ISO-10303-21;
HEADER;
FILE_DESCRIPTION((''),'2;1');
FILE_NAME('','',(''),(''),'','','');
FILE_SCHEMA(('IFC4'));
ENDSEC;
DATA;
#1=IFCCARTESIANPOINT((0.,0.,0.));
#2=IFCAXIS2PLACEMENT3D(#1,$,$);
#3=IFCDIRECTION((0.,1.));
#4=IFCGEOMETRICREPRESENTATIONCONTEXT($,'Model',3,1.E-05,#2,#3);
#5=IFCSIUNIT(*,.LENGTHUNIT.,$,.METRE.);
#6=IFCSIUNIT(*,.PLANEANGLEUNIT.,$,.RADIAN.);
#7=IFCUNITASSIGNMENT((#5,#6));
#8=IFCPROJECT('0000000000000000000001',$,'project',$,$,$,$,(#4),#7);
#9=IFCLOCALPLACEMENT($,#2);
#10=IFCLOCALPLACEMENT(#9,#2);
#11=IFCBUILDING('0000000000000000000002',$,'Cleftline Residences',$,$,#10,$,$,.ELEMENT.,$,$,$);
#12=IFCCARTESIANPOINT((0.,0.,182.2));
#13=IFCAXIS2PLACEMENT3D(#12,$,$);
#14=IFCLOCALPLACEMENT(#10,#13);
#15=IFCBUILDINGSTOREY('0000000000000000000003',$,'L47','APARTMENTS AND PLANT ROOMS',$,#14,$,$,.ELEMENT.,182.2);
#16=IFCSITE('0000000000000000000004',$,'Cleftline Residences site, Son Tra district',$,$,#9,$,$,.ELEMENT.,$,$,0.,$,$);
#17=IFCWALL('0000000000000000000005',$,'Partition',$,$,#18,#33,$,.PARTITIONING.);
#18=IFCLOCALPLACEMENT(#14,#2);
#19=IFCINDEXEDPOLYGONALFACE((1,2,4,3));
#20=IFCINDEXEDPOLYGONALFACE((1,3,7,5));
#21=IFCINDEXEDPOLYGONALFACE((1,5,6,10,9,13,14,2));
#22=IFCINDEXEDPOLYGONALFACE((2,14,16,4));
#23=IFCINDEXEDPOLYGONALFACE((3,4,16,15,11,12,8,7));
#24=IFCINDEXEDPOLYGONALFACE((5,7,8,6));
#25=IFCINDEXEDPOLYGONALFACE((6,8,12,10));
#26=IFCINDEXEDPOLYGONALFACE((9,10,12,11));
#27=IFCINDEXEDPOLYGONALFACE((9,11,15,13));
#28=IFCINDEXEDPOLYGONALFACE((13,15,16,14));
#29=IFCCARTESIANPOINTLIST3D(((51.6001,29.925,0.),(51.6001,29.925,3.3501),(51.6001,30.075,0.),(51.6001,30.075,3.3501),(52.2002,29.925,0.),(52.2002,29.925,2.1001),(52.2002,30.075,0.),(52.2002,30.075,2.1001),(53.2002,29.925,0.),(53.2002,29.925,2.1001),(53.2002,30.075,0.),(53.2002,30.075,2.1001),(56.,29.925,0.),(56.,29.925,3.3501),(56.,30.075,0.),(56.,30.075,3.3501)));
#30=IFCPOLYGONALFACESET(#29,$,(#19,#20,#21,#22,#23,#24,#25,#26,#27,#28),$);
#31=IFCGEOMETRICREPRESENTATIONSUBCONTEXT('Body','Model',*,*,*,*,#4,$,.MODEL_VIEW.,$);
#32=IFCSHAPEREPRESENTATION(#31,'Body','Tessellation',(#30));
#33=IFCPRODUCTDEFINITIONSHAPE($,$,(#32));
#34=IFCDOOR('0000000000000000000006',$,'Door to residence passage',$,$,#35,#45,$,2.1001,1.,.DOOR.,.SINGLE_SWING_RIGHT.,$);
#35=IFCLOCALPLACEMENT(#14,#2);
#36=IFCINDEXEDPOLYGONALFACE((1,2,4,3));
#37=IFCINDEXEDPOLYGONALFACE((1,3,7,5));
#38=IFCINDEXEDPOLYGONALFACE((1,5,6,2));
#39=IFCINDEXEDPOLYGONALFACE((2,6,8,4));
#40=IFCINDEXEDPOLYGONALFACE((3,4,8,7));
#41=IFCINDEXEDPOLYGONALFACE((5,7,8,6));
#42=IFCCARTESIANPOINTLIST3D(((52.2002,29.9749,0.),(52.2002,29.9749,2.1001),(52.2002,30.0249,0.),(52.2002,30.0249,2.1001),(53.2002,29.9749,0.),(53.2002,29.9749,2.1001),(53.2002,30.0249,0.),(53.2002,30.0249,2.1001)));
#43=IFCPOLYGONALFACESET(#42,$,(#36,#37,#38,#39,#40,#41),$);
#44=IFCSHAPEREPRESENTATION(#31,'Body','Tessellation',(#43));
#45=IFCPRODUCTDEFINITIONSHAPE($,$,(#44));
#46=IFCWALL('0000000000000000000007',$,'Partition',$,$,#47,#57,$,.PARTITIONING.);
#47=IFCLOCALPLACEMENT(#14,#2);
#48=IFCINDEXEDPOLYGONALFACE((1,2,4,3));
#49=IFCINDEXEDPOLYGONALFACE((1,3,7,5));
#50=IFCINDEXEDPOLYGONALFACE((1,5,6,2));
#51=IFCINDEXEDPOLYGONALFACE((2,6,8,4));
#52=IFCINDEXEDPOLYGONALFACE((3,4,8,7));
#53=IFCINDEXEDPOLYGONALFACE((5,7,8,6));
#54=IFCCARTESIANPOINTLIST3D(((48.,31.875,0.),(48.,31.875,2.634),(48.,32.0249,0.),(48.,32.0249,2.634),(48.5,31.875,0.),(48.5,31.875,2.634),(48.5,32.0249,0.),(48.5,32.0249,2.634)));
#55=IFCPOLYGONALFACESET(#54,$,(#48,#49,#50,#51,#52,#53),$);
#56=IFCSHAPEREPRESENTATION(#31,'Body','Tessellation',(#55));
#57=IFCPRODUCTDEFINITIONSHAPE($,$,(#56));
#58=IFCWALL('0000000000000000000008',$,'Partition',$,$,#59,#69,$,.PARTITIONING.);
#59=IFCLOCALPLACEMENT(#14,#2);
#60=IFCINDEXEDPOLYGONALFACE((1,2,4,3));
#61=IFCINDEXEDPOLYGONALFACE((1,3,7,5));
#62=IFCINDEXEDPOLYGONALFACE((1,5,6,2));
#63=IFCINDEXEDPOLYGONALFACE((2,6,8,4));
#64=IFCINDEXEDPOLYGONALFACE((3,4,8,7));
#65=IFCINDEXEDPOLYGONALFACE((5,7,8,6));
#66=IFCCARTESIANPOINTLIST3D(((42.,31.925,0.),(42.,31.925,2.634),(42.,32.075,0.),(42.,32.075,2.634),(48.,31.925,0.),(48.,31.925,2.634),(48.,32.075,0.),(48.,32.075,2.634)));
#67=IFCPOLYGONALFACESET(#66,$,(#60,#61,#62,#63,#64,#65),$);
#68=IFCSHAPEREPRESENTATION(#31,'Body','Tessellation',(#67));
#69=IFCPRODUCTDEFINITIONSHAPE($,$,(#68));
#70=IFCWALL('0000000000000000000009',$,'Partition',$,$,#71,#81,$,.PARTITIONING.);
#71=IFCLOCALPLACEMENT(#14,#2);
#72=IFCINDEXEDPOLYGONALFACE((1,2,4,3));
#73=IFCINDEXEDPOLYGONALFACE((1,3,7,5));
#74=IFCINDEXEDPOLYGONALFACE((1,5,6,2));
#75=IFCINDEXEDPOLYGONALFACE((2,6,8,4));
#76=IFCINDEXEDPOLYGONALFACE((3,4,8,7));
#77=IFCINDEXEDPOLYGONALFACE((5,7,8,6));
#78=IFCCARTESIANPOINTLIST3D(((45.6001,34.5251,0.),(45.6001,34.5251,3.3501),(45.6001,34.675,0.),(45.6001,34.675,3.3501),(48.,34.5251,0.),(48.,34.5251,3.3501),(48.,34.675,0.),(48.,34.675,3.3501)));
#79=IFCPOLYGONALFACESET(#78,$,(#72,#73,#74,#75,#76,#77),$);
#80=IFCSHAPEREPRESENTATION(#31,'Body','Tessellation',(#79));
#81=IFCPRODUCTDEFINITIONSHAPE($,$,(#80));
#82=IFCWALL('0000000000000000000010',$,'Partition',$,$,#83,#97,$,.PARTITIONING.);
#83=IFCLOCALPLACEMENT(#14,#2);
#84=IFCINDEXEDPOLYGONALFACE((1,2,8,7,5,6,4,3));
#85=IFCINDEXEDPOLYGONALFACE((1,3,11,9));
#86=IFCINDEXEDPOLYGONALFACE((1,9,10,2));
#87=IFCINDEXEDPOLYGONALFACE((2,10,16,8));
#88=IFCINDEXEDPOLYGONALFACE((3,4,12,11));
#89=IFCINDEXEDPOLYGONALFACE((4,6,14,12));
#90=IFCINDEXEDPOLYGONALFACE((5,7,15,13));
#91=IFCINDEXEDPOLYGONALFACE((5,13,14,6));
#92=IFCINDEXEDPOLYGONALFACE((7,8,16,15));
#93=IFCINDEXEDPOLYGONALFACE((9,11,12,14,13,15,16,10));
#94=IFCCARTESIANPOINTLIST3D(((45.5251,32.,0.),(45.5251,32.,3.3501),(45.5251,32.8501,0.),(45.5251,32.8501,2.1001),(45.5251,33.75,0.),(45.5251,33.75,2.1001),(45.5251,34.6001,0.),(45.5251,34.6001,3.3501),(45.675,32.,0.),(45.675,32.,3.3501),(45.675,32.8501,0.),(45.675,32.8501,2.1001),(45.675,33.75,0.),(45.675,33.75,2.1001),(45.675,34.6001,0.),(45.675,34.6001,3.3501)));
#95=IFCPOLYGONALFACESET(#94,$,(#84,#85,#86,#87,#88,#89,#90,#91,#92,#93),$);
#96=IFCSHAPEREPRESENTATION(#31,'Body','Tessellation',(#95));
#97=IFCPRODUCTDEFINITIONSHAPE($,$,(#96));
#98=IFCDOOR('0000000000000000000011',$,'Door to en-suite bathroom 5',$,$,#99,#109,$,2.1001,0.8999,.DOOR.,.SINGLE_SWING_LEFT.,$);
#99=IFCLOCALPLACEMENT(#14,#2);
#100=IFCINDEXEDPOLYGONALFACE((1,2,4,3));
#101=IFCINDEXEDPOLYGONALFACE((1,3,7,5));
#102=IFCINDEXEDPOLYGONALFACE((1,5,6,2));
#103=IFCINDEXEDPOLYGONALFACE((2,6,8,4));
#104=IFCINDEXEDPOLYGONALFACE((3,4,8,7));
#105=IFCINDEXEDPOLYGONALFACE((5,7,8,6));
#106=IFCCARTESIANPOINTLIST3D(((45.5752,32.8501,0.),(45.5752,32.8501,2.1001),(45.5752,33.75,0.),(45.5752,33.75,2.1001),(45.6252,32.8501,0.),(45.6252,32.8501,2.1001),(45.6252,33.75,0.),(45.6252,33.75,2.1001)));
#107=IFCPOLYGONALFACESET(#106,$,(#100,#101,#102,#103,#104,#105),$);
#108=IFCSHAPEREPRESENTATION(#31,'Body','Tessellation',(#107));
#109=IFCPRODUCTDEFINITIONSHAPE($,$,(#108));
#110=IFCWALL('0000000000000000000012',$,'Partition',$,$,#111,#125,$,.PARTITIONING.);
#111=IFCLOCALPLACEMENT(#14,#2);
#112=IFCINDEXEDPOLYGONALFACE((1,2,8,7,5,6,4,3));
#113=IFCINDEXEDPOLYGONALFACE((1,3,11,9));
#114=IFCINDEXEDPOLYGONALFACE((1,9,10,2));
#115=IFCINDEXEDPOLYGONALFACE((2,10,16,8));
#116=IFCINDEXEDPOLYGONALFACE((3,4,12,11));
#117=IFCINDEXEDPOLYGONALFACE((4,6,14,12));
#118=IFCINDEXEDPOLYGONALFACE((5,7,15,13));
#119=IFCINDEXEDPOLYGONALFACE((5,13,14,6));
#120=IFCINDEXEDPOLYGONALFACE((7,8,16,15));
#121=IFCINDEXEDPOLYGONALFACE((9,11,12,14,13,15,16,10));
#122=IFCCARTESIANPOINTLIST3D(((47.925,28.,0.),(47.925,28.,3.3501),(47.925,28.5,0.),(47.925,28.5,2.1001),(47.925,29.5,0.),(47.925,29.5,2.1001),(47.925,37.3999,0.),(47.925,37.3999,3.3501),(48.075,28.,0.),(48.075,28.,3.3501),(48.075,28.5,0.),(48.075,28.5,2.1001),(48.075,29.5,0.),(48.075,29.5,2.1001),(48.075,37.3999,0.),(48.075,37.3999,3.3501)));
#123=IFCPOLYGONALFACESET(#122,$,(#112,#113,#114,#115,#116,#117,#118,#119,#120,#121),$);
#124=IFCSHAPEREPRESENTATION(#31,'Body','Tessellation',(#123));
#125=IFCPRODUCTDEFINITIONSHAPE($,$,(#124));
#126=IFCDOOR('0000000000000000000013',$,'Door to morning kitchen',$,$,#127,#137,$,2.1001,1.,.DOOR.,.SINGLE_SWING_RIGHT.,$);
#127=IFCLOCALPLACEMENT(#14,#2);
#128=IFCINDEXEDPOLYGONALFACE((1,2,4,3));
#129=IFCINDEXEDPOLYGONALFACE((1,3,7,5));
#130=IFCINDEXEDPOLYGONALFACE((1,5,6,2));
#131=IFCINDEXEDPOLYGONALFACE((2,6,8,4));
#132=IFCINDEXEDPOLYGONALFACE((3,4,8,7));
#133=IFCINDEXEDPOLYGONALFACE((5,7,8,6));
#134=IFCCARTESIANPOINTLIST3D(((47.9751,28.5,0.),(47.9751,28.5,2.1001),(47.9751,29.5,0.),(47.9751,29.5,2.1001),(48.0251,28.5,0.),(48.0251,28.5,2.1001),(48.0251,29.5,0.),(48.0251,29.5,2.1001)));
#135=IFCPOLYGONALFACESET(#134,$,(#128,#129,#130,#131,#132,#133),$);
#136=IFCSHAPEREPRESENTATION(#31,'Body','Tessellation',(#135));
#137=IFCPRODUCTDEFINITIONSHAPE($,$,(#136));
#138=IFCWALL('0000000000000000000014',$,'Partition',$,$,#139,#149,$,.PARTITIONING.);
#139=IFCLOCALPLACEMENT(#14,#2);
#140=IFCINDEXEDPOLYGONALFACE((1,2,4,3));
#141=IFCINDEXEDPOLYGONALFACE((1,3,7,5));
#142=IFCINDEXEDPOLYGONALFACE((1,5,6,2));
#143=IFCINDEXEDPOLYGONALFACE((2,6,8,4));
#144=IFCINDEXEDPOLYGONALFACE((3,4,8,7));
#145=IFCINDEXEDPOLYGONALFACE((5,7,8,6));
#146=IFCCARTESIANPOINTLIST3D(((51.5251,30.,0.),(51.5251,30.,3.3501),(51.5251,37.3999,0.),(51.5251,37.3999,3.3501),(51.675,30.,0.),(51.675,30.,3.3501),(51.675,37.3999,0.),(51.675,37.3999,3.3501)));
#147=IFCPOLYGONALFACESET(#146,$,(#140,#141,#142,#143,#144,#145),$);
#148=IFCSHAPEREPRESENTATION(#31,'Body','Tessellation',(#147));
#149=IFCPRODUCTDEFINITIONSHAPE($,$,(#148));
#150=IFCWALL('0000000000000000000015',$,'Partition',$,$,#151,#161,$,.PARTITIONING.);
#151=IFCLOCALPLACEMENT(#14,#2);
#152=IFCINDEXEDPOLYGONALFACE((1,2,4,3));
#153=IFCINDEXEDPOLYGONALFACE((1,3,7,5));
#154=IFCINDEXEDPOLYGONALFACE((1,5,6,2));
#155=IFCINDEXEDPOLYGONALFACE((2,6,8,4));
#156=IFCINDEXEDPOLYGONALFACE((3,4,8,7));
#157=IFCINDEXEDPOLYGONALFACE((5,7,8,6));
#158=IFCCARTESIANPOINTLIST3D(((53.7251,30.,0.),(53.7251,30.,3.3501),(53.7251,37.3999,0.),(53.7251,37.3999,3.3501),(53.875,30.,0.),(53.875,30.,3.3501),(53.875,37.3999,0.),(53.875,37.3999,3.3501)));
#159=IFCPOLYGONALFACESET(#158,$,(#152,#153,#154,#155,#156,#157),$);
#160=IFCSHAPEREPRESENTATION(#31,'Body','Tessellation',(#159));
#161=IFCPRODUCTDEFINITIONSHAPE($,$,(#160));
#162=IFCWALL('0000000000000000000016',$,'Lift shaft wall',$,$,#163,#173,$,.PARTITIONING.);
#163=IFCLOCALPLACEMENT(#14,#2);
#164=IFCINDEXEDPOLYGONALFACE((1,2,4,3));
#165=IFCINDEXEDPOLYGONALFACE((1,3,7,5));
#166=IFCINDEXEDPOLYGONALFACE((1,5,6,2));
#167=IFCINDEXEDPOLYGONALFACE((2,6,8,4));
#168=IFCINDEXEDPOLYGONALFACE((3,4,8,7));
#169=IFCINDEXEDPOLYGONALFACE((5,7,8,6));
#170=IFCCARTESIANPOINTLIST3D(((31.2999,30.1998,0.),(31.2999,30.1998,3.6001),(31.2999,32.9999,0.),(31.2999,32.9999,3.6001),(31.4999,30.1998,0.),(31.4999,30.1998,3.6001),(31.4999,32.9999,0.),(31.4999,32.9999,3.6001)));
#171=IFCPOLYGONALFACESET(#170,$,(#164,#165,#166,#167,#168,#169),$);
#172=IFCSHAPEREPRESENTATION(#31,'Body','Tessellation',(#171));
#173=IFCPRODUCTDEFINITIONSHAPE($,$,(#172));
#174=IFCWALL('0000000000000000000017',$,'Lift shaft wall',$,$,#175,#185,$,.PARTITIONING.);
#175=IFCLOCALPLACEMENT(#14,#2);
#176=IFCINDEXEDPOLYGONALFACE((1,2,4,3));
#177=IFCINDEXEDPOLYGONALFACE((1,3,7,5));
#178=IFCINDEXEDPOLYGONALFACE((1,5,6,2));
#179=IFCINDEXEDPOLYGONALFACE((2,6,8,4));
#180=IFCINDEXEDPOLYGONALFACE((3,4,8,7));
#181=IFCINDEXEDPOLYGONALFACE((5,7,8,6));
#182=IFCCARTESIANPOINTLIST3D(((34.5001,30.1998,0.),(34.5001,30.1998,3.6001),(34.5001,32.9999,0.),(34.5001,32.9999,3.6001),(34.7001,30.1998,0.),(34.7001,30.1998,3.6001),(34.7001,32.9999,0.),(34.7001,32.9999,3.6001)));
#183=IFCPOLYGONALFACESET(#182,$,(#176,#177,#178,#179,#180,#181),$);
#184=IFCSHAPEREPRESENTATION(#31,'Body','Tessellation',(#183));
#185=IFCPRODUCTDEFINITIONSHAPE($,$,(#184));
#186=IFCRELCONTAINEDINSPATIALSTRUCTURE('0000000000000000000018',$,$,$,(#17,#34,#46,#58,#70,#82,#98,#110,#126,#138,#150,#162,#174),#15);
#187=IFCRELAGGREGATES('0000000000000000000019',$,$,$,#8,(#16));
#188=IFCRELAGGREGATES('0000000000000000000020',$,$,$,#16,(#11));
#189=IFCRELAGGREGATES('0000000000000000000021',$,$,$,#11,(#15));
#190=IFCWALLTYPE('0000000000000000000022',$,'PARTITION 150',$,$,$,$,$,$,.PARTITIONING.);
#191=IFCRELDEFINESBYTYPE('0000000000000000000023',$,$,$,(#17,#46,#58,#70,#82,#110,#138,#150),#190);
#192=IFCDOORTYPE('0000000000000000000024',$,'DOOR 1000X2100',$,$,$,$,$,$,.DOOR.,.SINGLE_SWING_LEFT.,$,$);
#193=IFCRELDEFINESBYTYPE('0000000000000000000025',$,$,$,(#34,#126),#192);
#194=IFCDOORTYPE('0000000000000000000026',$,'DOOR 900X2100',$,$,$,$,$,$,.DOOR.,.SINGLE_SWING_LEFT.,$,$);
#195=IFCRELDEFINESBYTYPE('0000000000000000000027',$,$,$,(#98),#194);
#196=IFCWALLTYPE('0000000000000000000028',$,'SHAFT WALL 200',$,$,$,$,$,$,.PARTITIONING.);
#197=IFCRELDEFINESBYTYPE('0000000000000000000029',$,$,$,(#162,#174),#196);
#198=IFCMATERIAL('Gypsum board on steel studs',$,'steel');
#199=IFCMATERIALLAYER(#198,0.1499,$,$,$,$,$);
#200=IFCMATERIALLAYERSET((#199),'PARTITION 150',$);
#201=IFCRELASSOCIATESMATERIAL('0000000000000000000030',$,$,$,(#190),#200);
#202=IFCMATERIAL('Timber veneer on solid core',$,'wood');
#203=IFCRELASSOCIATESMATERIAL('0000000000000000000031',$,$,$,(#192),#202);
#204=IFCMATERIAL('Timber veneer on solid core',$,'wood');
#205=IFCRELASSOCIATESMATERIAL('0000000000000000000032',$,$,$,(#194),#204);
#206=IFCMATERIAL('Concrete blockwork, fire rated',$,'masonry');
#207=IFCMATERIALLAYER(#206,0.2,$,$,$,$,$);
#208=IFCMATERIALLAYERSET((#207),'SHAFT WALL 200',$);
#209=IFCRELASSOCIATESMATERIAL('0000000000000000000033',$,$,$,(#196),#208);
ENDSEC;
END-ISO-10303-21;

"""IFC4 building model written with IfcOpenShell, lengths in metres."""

from ifc_helpers import new_model, si_unit, direction, frame, frame_2d, origin, place, context, subcontext, project, spatial, rectangle, extrude, material, layer, layer_set, type_object, element, fill, save


model = new_model("IFC4")

# Units and contexts
model_context = context("Model", 3, precision=1e-05, world=origin(), true_north=direction((0.0, 1.0)))
body_context = subcontext(model_context, "Body", "Model", "MODEL_VIEW")
ifc_project = project(units=[si_unit("LENGTHUNIT", "METRE"), si_unit("PLANEANGLEUNIT", "RADIAN")], contexts=[model_context])

# Site, building, storey
site_placement = place(None, origin())
site = spatial("IfcSite", under=ifc_project, at=site_placement, Name="Cleftline Residences site, Son Tra district", CompositionType="ELEMENT", RefElevation=0.0)
building_placement = place(site_placement, origin())
building = spatial("IfcBuilding", under=site, at=building_placement, Name="Cleftline Residences", CompositionType="ELEMENT")
storey_placement = place(building_placement, frame((0.0, 0.0, 182.2)))
storey = spatial("IfcBuildingStorey", under=building, at=storey_placement, Name="L47", Description="APARTMENTS AND PLANT ROOMS", CompositionType="ELEMENT", Elevation=182.2)

# Wall, opening, door
ifc_material_1 = material(Name="Gypsum board on steel studs", Category="steel")
ifc_layer_1 = layer(ifc_material_1, 0.1499)
ifc_layer_set_1 = layer_set([ifc_layer_1], Name="PARTITION 150")
wall_type_1 = type_object("IfcWallType", Name="PARTITION 150", PredefinedType="PARTITIONING", material=ifc_layer_set_1)
wall_1_placement = place(storey_placement, frame((51.6001, 30.0, 0.0), z_axis=(0.0, 0.0, 1.0), x_axis=(1.0, 0.0, 0.0)))
wall_1 = element("IfcWall", 1, at=wall_1_placement, inside=storey, type_object=wall_type_1, Name="Partition", PredefinedType="PARTITIONING", context=body_context, shape_type="SweptSolid", body=[
    extrude(rectangle(XDim=4.3999, YDim=0.1499, at=frame_2d((2.2, 0.0))), origin(), (0.0, 0.0, 1.0), 3.3501),
])
opening_1_placement = place(wall_1_placement, frame((0.6001, 0.0, 0.0)))
opening_1 = element("IfcOpeningElement", 2, at=opening_1_placement, cuts=wall_1, PredefinedType="OPENING", context=body_context, shape_type="SweptSolid", body=[
    extrude(rectangle(XDim=1.0, YDim=2.1001, at=frame_2d((0.5, 1.05))), frame((0.0, 0.085, 0.0), z_axis=(0.0, -1.0, 0.0), x_axis=(1.0, 0.0, 0.0)), (0.0, 0.0, 1.0), 0.1699),
])
ifc_material_2 = material(Name="Timber veneer on solid core", Category="wood")
door_type_1 = type_object("IfcDoorType", Name="DOOR 1000X2100", OperationType="SINGLE_SWING_LEFT", PredefinedType="DOOR", material=ifc_material_2)
door_1_placement = place(opening_1_placement, origin())
door_1 = element("IfcDoor", 3, at=door_1_placement, inside=storey, type_object=door_type_1, Name="Door to residence passage", OperationType="SINGLE_SWING_RIGHT", OverallHeight=2.1001, OverallWidth=1.0, PredefinedType="DOOR", context=body_context, shape_type="SweptSolid", body=[
    extrude(rectangle(XDim=1.0, YDim=2.1001, at=frame_2d((0.5, 1.05))), frame((0.0, 0.0249, 0.0), z_axis=(0.0, -1.0, 0.0), x_axis=(1.0, 0.0, 0.0)), (0.0, 0.0, 1.0), 0.05),
])
fill(opening_1, door_1)

# Walls
wall_2_placement = place(storey_placement, frame((48.0, 31.95, 0.0), z_axis=(0.0, 0.0, 1.0), x_axis=(1.0, 0.0, 0.0)))
element("IfcWall", 4, at=wall_2_placement, inside=storey, type_object=wall_type_1, Name="Partition", PredefinedType="PARTITIONING", context=body_context, shape_type="SweptSolid", body=[
    extrude(rectangle(XDim=0.5, YDim=0.1499, at=frame_2d((0.25, 0.0))), origin(), (0.0, 0.0, 1.0), 2.634),
])
wall_3_placement = place(storey_placement, frame((42.0, 32.0, 0.0), z_axis=(0.0, 0.0, 1.0), x_axis=(1.0, 0.0, 0.0)))
element("IfcWall", 5, at=wall_3_placement, inside=storey, type_object=wall_type_1, Name="Partition", PredefinedType="PARTITIONING", context=body_context, shape_type="SweptSolid", body=[
    extrude(rectangle(XDim=6.0, YDim=0.1499, at=frame_2d((3.0, 0.0))), origin(), (0.0, 0.0, 1.0), 2.634),
])
wall_4_placement = place(storey_placement, frame((45.6001, 34.6001, 0.0), z_axis=(0.0, 0.0, 1.0), x_axis=(1.0, 0.0, 0.0)))
element("IfcWall", 6, at=wall_4_placement, inside=storey, type_object=wall_type_1, Name="Partition", PredefinedType="PARTITIONING", context=body_context, shape_type="SweptSolid", body=[
    extrude(rectangle(XDim=2.3999, YDim=0.1499, at=frame_2d((1.2, 0.0))), origin(), (0.0, 0.0, 1.0), 3.3501),
])

# Walls, openings, doors
wall_5_placement = place(storey_placement, frame((45.6001, 32.0, 0.0), z_axis=(0.0, 0.0, 1.0), x_axis=(0.0, 1.0, 0.0)))
wall_5 = element("IfcWall", 7, at=wall_5_placement, inside=storey, type_object=wall_type_1, Name="Partition", PredefinedType="PARTITIONING", context=body_context, shape_type="SweptSolid", body=[
    extrude(rectangle(XDim=2.6001, YDim=0.1499, at=frame_2d((1.3, 0.0))), origin(), (0.0, 0.0, 1.0), 3.3501),
])
opening_2_placement = place(wall_5_placement, frame((0.8501, 0.0, 0.0)))
opening_2 = element("IfcOpeningElement", 8, at=opening_2_placement, cuts=wall_5, PredefinedType="OPENING", context=body_context, shape_type="SweptSolid", body=[
    extrude(rectangle(XDim=0.8999, YDim=2.1001, at=frame_2d((0.45, 1.05))), frame((0.0, 0.085, 0.0), z_axis=(0.0, -1.0, 0.0), x_axis=(1.0, 0.0, 0.0)), (0.0, 0.0, 1.0), 0.1699),
])
ifc_material_3 = material(Name="Timber veneer on solid core", Category="wood")
door_type_2 = type_object("IfcDoorType", Name="DOOR 900X2100", OperationType="SINGLE_SWING_LEFT", PredefinedType="DOOR", material=ifc_material_3)
door_2_placement = place(opening_2_placement, origin())
door_2 = element("IfcDoor", 9, at=door_2_placement, inside=storey, type_object=door_type_2, Name="Door to en-suite bathroom 5", OperationType="SINGLE_SWING_LEFT", OverallHeight=2.1001, OverallWidth=0.8999, PredefinedType="DOOR", context=body_context, shape_type="SweptSolid", body=[
    extrude(rectangle(XDim=0.8999, YDim=2.1001, at=frame_2d((0.45, 1.05))), frame((0.0, 0.0249, 0.0), z_axis=(0.0, -1.0, 0.0), x_axis=(1.0, 0.0, 0.0)), (0.0, 0.0, 1.0), 0.05),
])
fill(opening_2, door_2)
wall_6_placement = place(storey_placement, frame((48.0, 28.0, 0.0), z_axis=(0.0, 0.0, 1.0), x_axis=(0.0, 1.0, 0.0)))
wall_6 = element("IfcWall", 10, at=wall_6_placement, inside=storey, type_object=wall_type_1, Name="Partition", PredefinedType="PARTITIONING", context=body_context, shape_type="SweptSolid", body=[
    extrude(rectangle(XDim=9.3999, YDim=0.1499, at=frame_2d((4.7, 0.0))), origin(), (0.0, 0.0, 1.0), 3.3501),
])
opening_3_placement = place(wall_6_placement, frame((0.5, 0.0, 0.0)))
opening_3 = element("IfcOpeningElement", 11, at=opening_3_placement, cuts=wall_6, PredefinedType="OPENING", context=body_context, shape_type="SweptSolid", body=[
    extrude(rectangle(XDim=1.0, YDim=2.1001, at=frame_2d((0.5, 1.05))), frame((0.0, 0.085, 0.0), z_axis=(0.0, -1.0, 0.0), x_axis=(1.0, 0.0, 0.0)), (0.0, 0.0, 1.0), 0.1699),
])
door_3_placement = place(opening_3_placement, origin())
door_3 = element("IfcDoor", 12, at=door_3_placement, inside=storey, type_object=door_type_1, Name="Door to morning kitchen", OperationType="SINGLE_SWING_RIGHT", OverallHeight=2.1001, OverallWidth=1.0, PredefinedType="DOOR", context=body_context, shape_type="SweptSolid", body=[
    extrude(rectangle(XDim=1.0, YDim=2.1001, at=frame_2d((0.5, 1.05))), frame((0.0, 0.0249, 0.0), z_axis=(0.0, -1.0, 0.0), x_axis=(1.0, 0.0, 0.0)), (0.0, 0.0, 1.0), 0.05),
])
fill(opening_3, door_3)

# Walls
for number, where, z_axis, x_axis, name in (
    (13, (51.6001, 30.0, 0.0), (0.0, 0.0, 1.0), (0.0, 1.0, 0.0), "Partition"),
    (14, (53.8, 30.0, 0.0), (0.0, 0.0, 1.0), (0.0, 1.0, 0.0), "Partition"),
):
    element("IfcWall", number, at=place(storey_placement, frame(where, z_axis=z_axis, x_axis=x_axis)), inside=storey, type_object=wall_type_1, Name=name, PredefinedType="PARTITIONING", context=body_context, shape_type="SweptSolid", body=[
        extrude(rectangle(XDim=7.3999, YDim=0.1499, at=frame_2d((3.7, 0.0))), origin(), (0.0, 0.0, 1.0), 3.3501),
    ])
ifc_material_4 = material(Name="Concrete blockwork, fire rated", Category="masonry")
ifc_layer_2 = layer(ifc_material_4, 0.2)
ifc_layer_set_2 = layer_set([ifc_layer_2], Name="SHAFT WALL 200")
wall_type_2 = type_object("IfcWallType", Name="SHAFT WALL 200", PredefinedType="PARTITIONING", material=ifc_layer_set_2)
for number, where, z_axis, x_axis, name in (
    (15, (31.3999, 30.2, 0.0), (0.0, 0.0, 1.0), (0.0, 1.0, 0.0), "Lift shaft wall"),
    (16, (34.6001, 30.2, 0.0), (0.0, 0.0, 1.0), (0.0, 1.0, 0.0), "Lift shaft wall"),
):
    element("IfcWall", number, at=place(storey_placement, frame(where, z_axis=z_axis, x_axis=x_axis)), inside=storey, type_object=wall_type_2, Name=name, PredefinedType="PARTITIONING", context=body_context, shape_type="SweptSolid", body=[
        extrude(rectangle(XDim=2.8, YDim=0.2, at=frame_2d((1.3999, 0.0))), origin(), (0.0, 0.0, 1.0), 3.6001),
    ])

save(model, "model.ifc")
